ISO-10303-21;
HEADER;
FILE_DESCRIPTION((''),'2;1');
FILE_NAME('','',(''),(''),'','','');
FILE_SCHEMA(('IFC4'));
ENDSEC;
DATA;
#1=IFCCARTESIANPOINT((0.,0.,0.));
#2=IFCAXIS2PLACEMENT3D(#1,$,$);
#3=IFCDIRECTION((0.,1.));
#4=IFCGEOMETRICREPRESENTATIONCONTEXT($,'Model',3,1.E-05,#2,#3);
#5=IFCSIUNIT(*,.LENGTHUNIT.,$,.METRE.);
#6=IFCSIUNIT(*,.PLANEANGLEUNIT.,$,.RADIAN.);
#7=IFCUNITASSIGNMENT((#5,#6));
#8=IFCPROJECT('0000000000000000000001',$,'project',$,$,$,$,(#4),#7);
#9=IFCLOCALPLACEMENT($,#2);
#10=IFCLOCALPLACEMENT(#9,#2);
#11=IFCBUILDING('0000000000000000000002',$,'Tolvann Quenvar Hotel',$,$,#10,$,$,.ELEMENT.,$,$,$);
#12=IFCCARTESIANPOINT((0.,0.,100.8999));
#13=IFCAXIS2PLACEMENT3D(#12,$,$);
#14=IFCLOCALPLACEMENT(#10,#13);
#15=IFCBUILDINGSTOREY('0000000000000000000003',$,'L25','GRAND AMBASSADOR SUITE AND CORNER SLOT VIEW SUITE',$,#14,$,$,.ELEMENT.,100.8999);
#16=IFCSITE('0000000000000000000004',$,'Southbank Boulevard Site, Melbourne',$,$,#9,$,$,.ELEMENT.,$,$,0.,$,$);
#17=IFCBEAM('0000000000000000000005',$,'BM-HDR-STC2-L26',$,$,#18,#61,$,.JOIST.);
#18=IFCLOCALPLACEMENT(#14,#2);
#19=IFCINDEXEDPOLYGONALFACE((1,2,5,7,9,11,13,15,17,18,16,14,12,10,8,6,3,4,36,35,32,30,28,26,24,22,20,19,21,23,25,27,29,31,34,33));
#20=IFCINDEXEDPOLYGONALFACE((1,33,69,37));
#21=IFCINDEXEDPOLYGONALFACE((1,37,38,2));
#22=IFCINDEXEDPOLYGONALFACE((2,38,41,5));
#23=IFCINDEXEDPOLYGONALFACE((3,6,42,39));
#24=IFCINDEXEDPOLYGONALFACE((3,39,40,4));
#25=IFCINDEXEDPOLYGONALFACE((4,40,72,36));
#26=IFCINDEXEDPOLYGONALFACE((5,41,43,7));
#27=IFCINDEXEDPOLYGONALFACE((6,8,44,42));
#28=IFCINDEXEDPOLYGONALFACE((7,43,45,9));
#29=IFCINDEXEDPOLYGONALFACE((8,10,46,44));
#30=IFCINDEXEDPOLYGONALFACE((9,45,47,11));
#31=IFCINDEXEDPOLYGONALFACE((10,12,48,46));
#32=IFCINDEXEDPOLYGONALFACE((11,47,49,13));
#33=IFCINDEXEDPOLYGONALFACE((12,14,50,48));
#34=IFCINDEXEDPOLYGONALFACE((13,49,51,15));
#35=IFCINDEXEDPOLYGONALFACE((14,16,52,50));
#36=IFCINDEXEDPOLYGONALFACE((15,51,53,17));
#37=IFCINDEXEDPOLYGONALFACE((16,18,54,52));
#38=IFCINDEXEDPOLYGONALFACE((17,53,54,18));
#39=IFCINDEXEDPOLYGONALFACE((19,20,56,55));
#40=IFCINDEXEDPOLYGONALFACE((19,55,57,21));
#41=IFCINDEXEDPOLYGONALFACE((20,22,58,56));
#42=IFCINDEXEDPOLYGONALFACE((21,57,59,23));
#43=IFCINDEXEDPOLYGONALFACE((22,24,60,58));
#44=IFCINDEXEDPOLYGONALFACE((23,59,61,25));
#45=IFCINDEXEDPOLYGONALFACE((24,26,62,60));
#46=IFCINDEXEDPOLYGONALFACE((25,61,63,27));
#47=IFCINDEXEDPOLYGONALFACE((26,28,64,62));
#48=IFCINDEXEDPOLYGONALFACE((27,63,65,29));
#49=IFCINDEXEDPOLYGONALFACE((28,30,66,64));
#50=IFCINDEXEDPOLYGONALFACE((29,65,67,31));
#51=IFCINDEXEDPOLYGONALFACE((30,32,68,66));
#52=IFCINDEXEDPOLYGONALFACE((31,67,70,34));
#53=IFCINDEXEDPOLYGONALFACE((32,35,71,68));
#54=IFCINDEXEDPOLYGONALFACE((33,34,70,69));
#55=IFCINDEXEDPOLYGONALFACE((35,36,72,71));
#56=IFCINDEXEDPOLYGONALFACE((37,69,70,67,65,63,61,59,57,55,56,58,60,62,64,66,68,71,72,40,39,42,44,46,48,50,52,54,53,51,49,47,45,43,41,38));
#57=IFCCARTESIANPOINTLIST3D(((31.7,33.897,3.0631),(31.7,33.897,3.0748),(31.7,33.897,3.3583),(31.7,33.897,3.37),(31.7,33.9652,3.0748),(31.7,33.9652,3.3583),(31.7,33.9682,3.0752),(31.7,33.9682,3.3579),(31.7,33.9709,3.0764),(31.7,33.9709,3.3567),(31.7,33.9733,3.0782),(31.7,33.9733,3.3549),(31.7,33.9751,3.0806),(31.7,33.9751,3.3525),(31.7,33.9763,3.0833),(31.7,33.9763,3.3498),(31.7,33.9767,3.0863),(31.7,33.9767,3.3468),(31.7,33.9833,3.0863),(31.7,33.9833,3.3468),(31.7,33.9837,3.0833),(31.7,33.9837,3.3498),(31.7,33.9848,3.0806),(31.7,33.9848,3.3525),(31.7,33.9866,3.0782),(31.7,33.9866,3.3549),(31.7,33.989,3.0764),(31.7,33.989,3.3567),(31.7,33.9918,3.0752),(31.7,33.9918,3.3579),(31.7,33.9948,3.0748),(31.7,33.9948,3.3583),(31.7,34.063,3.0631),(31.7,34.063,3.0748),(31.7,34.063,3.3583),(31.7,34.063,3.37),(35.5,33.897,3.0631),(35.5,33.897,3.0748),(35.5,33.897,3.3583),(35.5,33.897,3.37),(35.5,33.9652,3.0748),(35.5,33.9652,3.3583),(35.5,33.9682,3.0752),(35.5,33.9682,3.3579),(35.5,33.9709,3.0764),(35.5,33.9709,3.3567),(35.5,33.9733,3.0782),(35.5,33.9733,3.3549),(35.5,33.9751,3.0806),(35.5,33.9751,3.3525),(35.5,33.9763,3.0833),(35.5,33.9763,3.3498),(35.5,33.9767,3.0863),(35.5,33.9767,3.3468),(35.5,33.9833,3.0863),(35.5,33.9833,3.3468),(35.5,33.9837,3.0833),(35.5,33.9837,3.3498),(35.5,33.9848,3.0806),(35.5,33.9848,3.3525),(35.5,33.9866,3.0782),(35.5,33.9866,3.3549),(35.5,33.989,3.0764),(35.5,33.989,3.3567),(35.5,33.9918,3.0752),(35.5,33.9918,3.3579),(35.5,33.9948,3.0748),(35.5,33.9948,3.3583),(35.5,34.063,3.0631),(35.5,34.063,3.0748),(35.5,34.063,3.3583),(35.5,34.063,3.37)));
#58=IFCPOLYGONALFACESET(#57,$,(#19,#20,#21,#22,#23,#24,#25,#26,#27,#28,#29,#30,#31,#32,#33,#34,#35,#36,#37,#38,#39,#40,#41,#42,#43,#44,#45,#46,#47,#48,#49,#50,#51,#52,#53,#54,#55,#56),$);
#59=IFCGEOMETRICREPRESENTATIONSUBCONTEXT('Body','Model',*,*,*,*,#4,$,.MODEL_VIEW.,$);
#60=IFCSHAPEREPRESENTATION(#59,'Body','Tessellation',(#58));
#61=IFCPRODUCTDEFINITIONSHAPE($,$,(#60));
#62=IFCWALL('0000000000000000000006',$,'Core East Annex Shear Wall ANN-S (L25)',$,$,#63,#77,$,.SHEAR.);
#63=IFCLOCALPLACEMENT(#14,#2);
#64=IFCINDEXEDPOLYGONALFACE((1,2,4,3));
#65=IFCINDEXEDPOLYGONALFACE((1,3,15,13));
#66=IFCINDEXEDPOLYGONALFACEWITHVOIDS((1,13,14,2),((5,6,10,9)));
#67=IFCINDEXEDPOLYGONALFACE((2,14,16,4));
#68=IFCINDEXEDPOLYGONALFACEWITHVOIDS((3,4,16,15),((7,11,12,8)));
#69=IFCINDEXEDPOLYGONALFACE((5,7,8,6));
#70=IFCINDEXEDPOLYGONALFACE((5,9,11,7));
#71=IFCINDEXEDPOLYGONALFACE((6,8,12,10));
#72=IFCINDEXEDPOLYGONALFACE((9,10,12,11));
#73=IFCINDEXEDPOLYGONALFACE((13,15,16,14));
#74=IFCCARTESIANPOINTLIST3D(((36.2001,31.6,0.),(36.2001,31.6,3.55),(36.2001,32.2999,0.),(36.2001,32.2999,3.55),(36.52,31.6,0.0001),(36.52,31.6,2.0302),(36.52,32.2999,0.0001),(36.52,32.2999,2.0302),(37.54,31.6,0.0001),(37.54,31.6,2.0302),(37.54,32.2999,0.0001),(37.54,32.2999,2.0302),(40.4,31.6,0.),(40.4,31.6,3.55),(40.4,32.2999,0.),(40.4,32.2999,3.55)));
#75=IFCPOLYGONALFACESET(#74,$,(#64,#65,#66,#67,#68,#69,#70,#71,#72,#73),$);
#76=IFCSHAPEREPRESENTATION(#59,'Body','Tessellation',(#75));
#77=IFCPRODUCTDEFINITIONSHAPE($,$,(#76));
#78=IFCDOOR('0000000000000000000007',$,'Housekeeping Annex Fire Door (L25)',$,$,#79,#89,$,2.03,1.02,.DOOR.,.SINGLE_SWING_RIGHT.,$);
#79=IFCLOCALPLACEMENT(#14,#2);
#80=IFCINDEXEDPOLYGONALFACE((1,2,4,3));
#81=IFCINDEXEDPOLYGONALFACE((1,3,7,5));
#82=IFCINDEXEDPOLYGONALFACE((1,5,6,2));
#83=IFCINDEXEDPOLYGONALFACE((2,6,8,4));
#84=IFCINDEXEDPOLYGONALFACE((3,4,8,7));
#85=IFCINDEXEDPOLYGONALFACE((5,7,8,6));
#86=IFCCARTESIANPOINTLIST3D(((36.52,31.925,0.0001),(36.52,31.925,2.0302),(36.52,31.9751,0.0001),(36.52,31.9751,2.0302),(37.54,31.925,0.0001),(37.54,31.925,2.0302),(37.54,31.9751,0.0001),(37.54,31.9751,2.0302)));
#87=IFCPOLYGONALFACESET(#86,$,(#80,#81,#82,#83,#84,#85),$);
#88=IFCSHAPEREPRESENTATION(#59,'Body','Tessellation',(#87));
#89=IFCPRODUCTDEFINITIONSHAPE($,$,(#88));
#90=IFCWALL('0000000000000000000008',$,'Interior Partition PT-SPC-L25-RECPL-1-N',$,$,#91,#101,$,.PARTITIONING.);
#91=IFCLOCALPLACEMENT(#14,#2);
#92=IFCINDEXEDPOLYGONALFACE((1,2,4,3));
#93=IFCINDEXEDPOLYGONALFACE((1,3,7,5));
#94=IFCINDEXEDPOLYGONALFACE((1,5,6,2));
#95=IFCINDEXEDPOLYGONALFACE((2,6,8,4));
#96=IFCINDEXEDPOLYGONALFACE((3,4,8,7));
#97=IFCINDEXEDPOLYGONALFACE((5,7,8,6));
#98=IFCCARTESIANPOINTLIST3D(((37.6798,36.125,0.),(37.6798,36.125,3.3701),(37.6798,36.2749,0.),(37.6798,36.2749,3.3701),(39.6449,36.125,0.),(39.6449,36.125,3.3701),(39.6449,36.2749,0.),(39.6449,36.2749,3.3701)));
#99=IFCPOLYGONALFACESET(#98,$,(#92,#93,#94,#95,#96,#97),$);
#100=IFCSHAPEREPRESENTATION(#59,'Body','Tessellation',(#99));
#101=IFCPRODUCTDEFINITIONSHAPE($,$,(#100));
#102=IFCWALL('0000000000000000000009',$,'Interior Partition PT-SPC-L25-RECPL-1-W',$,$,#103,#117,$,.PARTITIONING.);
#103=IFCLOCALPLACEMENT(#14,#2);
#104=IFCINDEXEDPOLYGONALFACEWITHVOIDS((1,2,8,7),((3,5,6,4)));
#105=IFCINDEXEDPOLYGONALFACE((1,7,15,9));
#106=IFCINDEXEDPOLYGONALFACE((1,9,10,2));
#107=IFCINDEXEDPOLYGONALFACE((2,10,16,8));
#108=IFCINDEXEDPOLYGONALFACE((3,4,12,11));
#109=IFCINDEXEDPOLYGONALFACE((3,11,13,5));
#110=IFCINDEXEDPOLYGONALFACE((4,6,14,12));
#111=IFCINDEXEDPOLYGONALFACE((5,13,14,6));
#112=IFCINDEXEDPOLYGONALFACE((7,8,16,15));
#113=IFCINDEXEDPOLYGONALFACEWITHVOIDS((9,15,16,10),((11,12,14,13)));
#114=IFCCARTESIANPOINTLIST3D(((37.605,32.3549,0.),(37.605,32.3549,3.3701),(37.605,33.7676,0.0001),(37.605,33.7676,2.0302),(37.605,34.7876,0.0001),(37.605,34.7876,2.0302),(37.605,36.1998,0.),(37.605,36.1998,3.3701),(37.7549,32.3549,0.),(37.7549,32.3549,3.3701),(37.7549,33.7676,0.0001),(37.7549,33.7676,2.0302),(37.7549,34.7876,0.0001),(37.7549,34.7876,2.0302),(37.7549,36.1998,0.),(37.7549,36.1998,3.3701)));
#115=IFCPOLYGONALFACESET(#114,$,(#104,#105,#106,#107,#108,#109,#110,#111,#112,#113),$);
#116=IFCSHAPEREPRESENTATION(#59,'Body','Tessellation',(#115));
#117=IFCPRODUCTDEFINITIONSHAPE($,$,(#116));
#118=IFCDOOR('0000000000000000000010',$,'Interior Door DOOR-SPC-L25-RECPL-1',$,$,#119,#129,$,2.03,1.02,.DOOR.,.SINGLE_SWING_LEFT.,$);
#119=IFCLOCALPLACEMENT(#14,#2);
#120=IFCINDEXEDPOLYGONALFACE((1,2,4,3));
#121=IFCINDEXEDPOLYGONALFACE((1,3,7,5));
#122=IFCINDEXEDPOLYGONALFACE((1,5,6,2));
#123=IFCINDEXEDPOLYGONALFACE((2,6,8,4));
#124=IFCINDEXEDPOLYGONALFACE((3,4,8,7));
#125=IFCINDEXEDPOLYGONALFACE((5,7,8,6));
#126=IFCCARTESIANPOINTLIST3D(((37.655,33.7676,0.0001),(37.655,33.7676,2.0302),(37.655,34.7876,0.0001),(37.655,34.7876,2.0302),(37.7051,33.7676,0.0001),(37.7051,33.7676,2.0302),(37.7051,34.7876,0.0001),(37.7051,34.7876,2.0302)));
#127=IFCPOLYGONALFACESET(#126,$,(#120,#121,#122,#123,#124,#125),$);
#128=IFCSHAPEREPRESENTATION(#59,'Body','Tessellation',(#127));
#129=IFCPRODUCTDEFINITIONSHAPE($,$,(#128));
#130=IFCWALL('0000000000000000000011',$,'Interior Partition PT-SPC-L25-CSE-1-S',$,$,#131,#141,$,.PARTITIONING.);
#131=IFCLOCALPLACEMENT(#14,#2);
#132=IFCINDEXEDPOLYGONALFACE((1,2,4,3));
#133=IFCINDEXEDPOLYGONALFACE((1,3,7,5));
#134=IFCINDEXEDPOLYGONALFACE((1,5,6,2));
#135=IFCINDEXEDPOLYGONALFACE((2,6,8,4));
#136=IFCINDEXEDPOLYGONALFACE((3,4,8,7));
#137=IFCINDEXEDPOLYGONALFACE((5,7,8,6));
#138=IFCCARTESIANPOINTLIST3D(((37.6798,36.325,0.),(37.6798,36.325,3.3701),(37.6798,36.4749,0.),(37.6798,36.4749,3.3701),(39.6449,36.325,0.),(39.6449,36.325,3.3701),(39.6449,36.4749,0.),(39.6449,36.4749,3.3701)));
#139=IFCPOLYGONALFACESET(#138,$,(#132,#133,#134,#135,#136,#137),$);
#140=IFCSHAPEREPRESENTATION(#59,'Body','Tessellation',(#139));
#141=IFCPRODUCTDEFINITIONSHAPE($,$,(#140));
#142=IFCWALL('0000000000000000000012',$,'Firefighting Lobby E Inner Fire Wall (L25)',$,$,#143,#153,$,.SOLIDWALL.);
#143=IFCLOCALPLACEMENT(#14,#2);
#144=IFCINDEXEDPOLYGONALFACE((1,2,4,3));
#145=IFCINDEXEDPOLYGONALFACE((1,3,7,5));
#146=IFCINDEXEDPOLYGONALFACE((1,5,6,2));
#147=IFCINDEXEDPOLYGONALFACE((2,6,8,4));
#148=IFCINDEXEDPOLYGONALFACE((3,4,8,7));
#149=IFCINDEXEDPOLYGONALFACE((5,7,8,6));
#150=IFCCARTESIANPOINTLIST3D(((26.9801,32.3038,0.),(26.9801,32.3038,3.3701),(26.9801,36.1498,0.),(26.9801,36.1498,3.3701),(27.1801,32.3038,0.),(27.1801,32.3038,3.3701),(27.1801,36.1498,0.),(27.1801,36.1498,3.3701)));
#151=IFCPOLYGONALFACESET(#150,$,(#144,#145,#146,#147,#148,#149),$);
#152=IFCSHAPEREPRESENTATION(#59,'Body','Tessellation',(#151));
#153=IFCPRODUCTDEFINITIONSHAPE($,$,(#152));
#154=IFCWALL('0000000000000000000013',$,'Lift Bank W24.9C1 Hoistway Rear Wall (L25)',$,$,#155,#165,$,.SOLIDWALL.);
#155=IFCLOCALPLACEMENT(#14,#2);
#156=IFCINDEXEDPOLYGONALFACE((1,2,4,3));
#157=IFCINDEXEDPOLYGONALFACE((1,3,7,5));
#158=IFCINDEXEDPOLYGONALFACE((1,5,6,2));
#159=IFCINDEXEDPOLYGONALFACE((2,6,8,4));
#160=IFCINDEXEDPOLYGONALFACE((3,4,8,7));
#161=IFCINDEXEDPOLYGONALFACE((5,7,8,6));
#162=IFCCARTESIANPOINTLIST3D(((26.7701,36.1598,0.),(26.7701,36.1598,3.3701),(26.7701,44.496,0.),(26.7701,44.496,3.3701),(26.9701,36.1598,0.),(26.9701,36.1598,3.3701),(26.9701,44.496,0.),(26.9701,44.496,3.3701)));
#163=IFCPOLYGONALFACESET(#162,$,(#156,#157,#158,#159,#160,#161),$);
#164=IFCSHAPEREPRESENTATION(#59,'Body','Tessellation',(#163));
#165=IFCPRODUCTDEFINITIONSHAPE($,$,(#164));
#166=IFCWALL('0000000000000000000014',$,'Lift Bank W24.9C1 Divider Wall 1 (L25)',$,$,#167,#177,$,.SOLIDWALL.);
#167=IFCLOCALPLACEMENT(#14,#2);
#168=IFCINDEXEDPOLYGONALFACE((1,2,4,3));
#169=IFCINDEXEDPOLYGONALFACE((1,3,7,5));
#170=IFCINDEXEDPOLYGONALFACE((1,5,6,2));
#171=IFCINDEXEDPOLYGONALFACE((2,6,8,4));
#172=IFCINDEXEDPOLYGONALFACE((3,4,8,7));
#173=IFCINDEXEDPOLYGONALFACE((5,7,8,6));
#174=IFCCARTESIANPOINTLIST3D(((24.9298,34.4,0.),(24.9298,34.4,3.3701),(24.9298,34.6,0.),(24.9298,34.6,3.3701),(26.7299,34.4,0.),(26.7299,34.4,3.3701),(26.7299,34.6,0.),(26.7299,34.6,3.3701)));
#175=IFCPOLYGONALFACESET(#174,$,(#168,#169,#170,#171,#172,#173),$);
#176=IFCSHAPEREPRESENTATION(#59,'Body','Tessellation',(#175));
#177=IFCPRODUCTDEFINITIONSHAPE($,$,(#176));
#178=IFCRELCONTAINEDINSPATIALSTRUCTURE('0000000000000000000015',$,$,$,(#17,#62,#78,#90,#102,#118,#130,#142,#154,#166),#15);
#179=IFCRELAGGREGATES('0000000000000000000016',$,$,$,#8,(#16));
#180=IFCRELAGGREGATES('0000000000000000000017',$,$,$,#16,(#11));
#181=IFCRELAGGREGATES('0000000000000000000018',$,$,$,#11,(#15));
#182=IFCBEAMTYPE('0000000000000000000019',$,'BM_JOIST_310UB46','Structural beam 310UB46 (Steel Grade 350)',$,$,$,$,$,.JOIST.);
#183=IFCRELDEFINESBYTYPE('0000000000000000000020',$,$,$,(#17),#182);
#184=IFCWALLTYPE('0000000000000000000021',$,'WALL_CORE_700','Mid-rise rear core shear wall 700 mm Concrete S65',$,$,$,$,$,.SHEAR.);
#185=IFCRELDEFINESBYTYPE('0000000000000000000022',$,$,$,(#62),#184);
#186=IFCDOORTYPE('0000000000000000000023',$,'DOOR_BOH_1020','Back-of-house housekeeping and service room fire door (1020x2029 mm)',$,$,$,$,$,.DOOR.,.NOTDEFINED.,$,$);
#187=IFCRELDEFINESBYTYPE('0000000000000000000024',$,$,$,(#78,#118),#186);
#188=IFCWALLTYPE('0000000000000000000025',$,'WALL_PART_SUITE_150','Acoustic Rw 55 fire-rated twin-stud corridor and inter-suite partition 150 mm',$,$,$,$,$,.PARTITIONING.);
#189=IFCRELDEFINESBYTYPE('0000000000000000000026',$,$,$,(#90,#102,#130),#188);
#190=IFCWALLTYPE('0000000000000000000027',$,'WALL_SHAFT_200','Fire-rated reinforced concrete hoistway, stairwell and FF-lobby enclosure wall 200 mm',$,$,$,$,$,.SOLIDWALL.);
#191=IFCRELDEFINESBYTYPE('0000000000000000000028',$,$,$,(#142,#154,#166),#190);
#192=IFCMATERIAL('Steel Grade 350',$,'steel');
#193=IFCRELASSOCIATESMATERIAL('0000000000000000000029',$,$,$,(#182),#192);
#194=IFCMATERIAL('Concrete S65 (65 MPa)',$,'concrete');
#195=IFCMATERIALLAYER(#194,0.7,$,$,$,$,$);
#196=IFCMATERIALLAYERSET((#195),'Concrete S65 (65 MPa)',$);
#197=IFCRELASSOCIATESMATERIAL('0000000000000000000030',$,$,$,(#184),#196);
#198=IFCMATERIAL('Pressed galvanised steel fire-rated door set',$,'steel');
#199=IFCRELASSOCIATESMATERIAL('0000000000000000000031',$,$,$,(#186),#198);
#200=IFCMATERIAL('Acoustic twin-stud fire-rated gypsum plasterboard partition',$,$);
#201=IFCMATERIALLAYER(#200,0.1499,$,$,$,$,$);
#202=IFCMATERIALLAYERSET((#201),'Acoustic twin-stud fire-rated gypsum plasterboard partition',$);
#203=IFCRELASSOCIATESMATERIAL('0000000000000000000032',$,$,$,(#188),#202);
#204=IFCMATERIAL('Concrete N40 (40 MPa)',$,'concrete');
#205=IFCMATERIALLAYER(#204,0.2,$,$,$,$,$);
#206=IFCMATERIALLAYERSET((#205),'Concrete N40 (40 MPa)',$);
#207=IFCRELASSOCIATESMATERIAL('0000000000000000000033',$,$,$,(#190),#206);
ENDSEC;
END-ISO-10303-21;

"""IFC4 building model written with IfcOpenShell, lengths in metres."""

from ifc_helpers import new_model, si_unit, direction, frame, frame_2d, origin, origin_2d, place, context, subcontext, project, spatial, rectangle, i_section, extrude, source, transform, mapped, material, layer, layer_set, material_profile, profile_set, type_object, type_shapes, element, fill, save


model = new_model("IFC4")

# Units and contexts
model_context = context("Model", 3, precision=1e-05, world=origin(), true_north=direction((0.0, 1.0)))
body_context = subcontext(model_context, "Body", "Model", "MODEL_VIEW")
ifc_project = project(units=[si_unit("LENGTHUNIT", "METRE"), si_unit("PLANEANGLEUNIT", "RADIAN")], contexts=[model_context])

# Site, building, storey
site_placement = place(None, origin())
site = spatial("IfcSite", under=ifc_project, at=site_placement, Name="Southbank Boulevard Site, Melbourne", CompositionType="ELEMENT", RefElevation=0.0)
building_placement = place(site_placement, origin())
building = spatial("IfcBuilding", under=site, at=building_placement, Name="Tolvann Quenvar Hotel", CompositionType="ELEMENT")
storey_placement = place(building_placement, frame((0.0, 0.0, 100.8999)))
storey = spatial("IfcBuildingStorey", under=building, at=storey_placement, Name="L25", Description="GRAND AMBASSADOR SUITE AND CORNER SLOT VIEW SUITE", CompositionType="ELEMENT", Elevation=100.8999)

# Beam
ifc_material_1 = material(Name="Steel Grade 350", Category="steel")
ifc_material_profile = material_profile(ifc_material_1, i_section(OverallWidth=0.166, OverallDepth=0.3069, WebThickness=0.0066, FlangeThickness=0.0117, FilletRadius=0.0115, at=origin_2d()), Name="310UB46")
ifc_profile_set = profile_set([ifc_material_profile], Name="Steel Grade 350")
beam_type = type_object("IfcBeamType", Name="BM_JOIST_310UB46", Description="Structural beam 310UB46 (Steel Grade 350)", PredefinedType="JOIST", material=ifc_profile_set)
shared_shape_1 = source(origin(), body_context, "Body", "SweptSolid", [
    extrude(i_section(OverallWidth=0.166, OverallDepth=0.3069, WebThickness=0.0066, FlangeThickness=0.0117, FilletRadius=0.0115, at=origin_2d()), origin(), (0.0, 0.0, 1.0), 3.8),
])
type_shapes(beam_type, [shared_shape_1])
beam_placement = place(storey_placement, frame((31.7, 33.98, 3.2166), z_axis=(1.0, 0.0, 0.0), x_axis=(0.0, 1.0, 0.0)))
element("IfcBeam", 1, at=beam_placement, inside=storey, type_object=beam_type, Name="BM-HDR-STC2-L26", PredefinedType="JOIST", context=body_context, shape_type="MappedRepresentation", body=[
    mapped(shared_shape_1, transform((0.0, 0.0, 0.0), x_axis=(1.0, 0.0, 0.0), y_axis=(0.0, 1.0, 0.0), z_axis=(0.0, 0.0, 1.0), scale=1.0)),
])

# Wall, opening, door
ifc_material_2 = material(Name="Concrete S65 (65 MPa)", Category="concrete")
ifc_layer_1 = layer(ifc_material_2, 0.7)
ifc_layer_set_1 = layer_set([ifc_layer_1], Name="Concrete S65 (65 MPa)")
wall_type_1 = type_object("IfcWallType", Name="WALL_CORE_700", Description="Mid-rise rear core shear wall 700 mm Concrete S65", PredefinedType="SHEAR", material=ifc_layer_set_1)
wall_1_placement = place(storey_placement, frame((36.2, 31.95, 0.0), z_axis=(0.0, 0.0, 1.0), x_axis=(1.0, 0.0, 0.0)))
wall_1 = element("IfcWall", 2, at=wall_1_placement, inside=storey, type_object=wall_type_1, Name="Core East Annex Shear Wall ANN-S (L25)", PredefinedType="SHEAR", context=body_context, shape_type="SweptSolid", body=[
    extrude(rectangle(XDim=4.2, YDim=0.7, at=frame_2d((2.1001, 0.0))), origin(), (0.0, 0.0, 1.0), 3.55),
])
opening_1_placement = place(wall_1_placement, frame((1.3401, 0.0, 0.0), z_axis=(0.0, 0.0, 1.0), x_axis=(-1.0, 0.0, 0.0)))
opening_1 = element("IfcOpeningElement", 3, at=opening_1_placement, cuts=wall_1, PredefinedType="OPENING", context=body_context, shape_type="SweptSolid", body=[
    extrude(rectangle(XDim=1.02, YDim=2.03, at=frame_2d((0.51, 1.0151))), frame((0.0, 0.3599, 0.0), z_axis=(0.0, -1.0, 0.0), x_axis=(1.0, 0.0, 0.0)), (0.0, 0.0, 1.0), 0.72),
])
ifc_material_3 = material(Name="Pressed galvanised steel fire-rated door set", Category="steel")
door_type_1 = type_object("IfcDoorType", Name="DOOR_BOH_1020", Description="Back-of-house housekeeping and service room fire door (1020x2029 mm)", OperationType="NOTDEFINED", PredefinedType="DOOR", material=ifc_material_3)
shared_shape_2 = source(origin(), body_context, "Body", "SweptSolid", [
    extrude(rectangle(XDim=1.02, YDim=2.03, at=frame_2d((0.51, 1.0151))), frame((0.0, 0.0249, 0.0), z_axis=(0.0, -1.0, 0.0), x_axis=(1.0, 0.0, 0.0)), (0.0, 0.0, 1.0), 0.05),
])
type_shapes(door_type_1, [shared_shape_2])
door_1_placement = place(opening_1_placement, origin())
door_1 = element("IfcDoor", 4, at=door_1_placement, inside=storey, type_object=door_type_1, Name="Housekeeping Annex Fire Door (L25)", OperationType="SINGLE_SWING_RIGHT", OverallHeight=2.03, OverallWidth=1.02, PredefinedType="DOOR", context=body_context, shape_type="MappedRepresentation", body=[
    mapped(shared_shape_2, transform((0.0, 0.0, 0.0), x_axis=(1.0, 0.0, 0.0), y_axis=(0.0, 1.0, 0.0), z_axis=(0.0, 0.0, 1.0), scale=1.0)),
])
fill(opening_1, door_1)

# Wall
ifc_material_4 = material(Name="Acoustic twin-stud fire-rated gypsum plasterboard partition")
ifc_layer_2 = layer(ifc_material_4, 0.1499)
ifc_layer_set_2 = layer_set([ifc_layer_2], Name="Acoustic twin-stud fire-rated gypsum plasterboard partition")
wall_type_2 = type_object("IfcWallType", Name="WALL_PART_SUITE_150", Description="Acoustic Rw 55 fire-rated twin-stud corridor and inter-suite partition 150 mm", PredefinedType="PARTITIONING", material=ifc_layer_set_2)
wall_2_placement = place(storey_placement, frame((37.6799, 36.2, 0.0), z_axis=(0.0, 0.0, 1.0), x_axis=(1.0, 0.0, 0.0)))
element("IfcWall", 5, at=wall_2_placement, inside=storey, type_object=wall_type_2, Name="Interior Partition PT-SPC-L25-RECPL-1-N", PredefinedType="PARTITIONING", context=body_context, shape_type="SweptSolid", body=[
    extrude(rectangle(XDim=1.9651, YDim=0.1499, at=frame_2d((0.9824, 0.0))), origin(), (0.0, 0.0, 1.0), 3.3701),
])

# Wall, opening, door
wall_3_placement = place(storey_placement, frame((37.6799, 32.355, 0.0), z_axis=(0.0, 0.0, 1.0), x_axis=(0.0, 1.0, 0.0)))
wall_3 = element("IfcWall", 6, at=wall_3_placement, inside=storey, type_object=wall_type_2, Name="Interior Partition PT-SPC-L25-RECPL-1-W", PredefinedType="PARTITIONING", context=body_context, shape_type="SweptSolid", body=[
    extrude(rectangle(XDim=3.845, YDim=0.1499, at=frame_2d((1.9224, 0.0))), origin(), (0.0, 0.0, 1.0), 3.3701),
])
opening_2_placement = place(wall_3_placement, frame((1.4126, 0.0, 0.0)))
opening_2 = element("IfcOpeningElement", 7, at=opening_2_placement, cuts=wall_3, PredefinedType="OPENING", context=body_context, shape_type="SweptSolid", body=[
    extrude(rectangle(XDim=1.02, YDim=2.03, at=frame_2d((0.51, 1.0151))), frame((0.0, 0.085, 0.0), z_axis=(0.0, -1.0, 0.0), x_axis=(1.0, 0.0, 0.0)), (0.0, 0.0, 1.0), 0.1699),
])
door_2_placement = place(opening_2_placement, origin())
door_2 = element("IfcDoor", 8, at=door_2_placement, inside=storey, type_object=door_type_1, Name="Interior Door DOOR-SPC-L25-RECPL-1", OperationType="SINGLE_SWING_LEFT", OverallHeight=2.03, OverallWidth=1.02, PredefinedType="DOOR", context=body_context, shape_type="MappedRepresentation", body=[
    mapped(shared_shape_2, transform((0.0, 0.0, 0.0), x_axis=(1.0, 0.0, 0.0), y_axis=(0.0, 1.0, 0.0), z_axis=(0.0, 0.0, 1.0), scale=1.0)),
])
fill(opening_2, door_2)

# Walls
wall_4_placement = place(storey_placement, frame((37.6799, 36.3999, 0.0), z_axis=(0.0, 0.0, 1.0), x_axis=(1.0, 0.0, 0.0)))
element("IfcWall", 9, at=wall_4_placement, inside=storey, type_object=wall_type_2, Name="Interior Partition PT-SPC-L25-CSE-1-S", PredefinedType="PARTITIONING", context=body_context, shape_type="SweptSolid", body=[
    extrude(rectangle(XDim=1.9651, YDim=0.1499, at=frame_2d((0.9824, 0.0))), origin(), (0.0, 0.0, 1.0), 3.3701),
])
ifc_material_5 = material(Name="Concrete N40 (40 MPa)", Category="concrete")
ifc_layer_3 = layer(ifc_material_5, 0.2)
ifc_layer_set_3 = layer_set([ifc_layer_3], Name="Concrete N40 (40 MPa)")
wall_type_3 = type_object("IfcWallType", Name="WALL_SHAFT_200", Description="Fire-rated reinforced concrete hoistway, stairwell and FF-lobby enclosure wall 200 mm", PredefinedType="SOLIDWALL", material=ifc_layer_set_3)
wall_5_placement = place(storey_placement, frame((27.0801, 32.304, 0.0), z_axis=(0.0, 0.0, 1.0), x_axis=(0.0, 1.0, 0.0)))
element("IfcWall", 10, at=wall_5_placement, inside=storey, type_object=wall_type_3, Name="Firefighting Lobby E Inner Fire Wall (L25)", PredefinedType="SOLIDWALL", context=body_context, shape_type="SweptSolid", body=[
    extrude(rectangle(XDim=3.8459, YDim=0.2, at=frame_2d((1.9229, 0.0))), origin(), (0.0, 0.0, 1.0), 3.3701),
])

# Walls
wall_6_placement = place(storey_placement, frame((26.8701, 36.1599, 0.0), z_axis=(0.0, 0.0, 1.0), x_axis=(0.0, 1.0, 0.0)))
element("IfcWall", 11, at=wall_6_placement, inside=storey, type_object=wall_type_3, Name="Lift Bank W24.9C1 Hoistway Rear Wall (L25)", PredefinedType="SOLIDWALL", context=body_context, shape_type="SweptSolid", body=[
    extrude(rectangle(XDim=8.3362, YDim=0.2, at=frame_2d((4.168, 0.0))), origin(), (0.0, 0.0, 1.0), 3.3701),
])
wall_7_placement = place(storey_placement, frame((24.9299, 34.5, 0.0), z_axis=(0.0, 0.0, 1.0), x_axis=(1.0, 0.0, 0.0)))
element("IfcWall", 12, at=wall_7_placement, inside=storey, type_object=wall_type_3, Name="Lift Bank W24.9C1 Divider Wall 1 (L25)", PredefinedType="SOLIDWALL", context=body_context, shape_type="SweptSolid", body=[
    extrude(rectangle(XDim=1.8, YDim=0.2, at=frame_2d((0.8999, 0.0))), origin(), (0.0, 0.0, 1.0), 3.3701),
])

save(model, "model.ifc")
